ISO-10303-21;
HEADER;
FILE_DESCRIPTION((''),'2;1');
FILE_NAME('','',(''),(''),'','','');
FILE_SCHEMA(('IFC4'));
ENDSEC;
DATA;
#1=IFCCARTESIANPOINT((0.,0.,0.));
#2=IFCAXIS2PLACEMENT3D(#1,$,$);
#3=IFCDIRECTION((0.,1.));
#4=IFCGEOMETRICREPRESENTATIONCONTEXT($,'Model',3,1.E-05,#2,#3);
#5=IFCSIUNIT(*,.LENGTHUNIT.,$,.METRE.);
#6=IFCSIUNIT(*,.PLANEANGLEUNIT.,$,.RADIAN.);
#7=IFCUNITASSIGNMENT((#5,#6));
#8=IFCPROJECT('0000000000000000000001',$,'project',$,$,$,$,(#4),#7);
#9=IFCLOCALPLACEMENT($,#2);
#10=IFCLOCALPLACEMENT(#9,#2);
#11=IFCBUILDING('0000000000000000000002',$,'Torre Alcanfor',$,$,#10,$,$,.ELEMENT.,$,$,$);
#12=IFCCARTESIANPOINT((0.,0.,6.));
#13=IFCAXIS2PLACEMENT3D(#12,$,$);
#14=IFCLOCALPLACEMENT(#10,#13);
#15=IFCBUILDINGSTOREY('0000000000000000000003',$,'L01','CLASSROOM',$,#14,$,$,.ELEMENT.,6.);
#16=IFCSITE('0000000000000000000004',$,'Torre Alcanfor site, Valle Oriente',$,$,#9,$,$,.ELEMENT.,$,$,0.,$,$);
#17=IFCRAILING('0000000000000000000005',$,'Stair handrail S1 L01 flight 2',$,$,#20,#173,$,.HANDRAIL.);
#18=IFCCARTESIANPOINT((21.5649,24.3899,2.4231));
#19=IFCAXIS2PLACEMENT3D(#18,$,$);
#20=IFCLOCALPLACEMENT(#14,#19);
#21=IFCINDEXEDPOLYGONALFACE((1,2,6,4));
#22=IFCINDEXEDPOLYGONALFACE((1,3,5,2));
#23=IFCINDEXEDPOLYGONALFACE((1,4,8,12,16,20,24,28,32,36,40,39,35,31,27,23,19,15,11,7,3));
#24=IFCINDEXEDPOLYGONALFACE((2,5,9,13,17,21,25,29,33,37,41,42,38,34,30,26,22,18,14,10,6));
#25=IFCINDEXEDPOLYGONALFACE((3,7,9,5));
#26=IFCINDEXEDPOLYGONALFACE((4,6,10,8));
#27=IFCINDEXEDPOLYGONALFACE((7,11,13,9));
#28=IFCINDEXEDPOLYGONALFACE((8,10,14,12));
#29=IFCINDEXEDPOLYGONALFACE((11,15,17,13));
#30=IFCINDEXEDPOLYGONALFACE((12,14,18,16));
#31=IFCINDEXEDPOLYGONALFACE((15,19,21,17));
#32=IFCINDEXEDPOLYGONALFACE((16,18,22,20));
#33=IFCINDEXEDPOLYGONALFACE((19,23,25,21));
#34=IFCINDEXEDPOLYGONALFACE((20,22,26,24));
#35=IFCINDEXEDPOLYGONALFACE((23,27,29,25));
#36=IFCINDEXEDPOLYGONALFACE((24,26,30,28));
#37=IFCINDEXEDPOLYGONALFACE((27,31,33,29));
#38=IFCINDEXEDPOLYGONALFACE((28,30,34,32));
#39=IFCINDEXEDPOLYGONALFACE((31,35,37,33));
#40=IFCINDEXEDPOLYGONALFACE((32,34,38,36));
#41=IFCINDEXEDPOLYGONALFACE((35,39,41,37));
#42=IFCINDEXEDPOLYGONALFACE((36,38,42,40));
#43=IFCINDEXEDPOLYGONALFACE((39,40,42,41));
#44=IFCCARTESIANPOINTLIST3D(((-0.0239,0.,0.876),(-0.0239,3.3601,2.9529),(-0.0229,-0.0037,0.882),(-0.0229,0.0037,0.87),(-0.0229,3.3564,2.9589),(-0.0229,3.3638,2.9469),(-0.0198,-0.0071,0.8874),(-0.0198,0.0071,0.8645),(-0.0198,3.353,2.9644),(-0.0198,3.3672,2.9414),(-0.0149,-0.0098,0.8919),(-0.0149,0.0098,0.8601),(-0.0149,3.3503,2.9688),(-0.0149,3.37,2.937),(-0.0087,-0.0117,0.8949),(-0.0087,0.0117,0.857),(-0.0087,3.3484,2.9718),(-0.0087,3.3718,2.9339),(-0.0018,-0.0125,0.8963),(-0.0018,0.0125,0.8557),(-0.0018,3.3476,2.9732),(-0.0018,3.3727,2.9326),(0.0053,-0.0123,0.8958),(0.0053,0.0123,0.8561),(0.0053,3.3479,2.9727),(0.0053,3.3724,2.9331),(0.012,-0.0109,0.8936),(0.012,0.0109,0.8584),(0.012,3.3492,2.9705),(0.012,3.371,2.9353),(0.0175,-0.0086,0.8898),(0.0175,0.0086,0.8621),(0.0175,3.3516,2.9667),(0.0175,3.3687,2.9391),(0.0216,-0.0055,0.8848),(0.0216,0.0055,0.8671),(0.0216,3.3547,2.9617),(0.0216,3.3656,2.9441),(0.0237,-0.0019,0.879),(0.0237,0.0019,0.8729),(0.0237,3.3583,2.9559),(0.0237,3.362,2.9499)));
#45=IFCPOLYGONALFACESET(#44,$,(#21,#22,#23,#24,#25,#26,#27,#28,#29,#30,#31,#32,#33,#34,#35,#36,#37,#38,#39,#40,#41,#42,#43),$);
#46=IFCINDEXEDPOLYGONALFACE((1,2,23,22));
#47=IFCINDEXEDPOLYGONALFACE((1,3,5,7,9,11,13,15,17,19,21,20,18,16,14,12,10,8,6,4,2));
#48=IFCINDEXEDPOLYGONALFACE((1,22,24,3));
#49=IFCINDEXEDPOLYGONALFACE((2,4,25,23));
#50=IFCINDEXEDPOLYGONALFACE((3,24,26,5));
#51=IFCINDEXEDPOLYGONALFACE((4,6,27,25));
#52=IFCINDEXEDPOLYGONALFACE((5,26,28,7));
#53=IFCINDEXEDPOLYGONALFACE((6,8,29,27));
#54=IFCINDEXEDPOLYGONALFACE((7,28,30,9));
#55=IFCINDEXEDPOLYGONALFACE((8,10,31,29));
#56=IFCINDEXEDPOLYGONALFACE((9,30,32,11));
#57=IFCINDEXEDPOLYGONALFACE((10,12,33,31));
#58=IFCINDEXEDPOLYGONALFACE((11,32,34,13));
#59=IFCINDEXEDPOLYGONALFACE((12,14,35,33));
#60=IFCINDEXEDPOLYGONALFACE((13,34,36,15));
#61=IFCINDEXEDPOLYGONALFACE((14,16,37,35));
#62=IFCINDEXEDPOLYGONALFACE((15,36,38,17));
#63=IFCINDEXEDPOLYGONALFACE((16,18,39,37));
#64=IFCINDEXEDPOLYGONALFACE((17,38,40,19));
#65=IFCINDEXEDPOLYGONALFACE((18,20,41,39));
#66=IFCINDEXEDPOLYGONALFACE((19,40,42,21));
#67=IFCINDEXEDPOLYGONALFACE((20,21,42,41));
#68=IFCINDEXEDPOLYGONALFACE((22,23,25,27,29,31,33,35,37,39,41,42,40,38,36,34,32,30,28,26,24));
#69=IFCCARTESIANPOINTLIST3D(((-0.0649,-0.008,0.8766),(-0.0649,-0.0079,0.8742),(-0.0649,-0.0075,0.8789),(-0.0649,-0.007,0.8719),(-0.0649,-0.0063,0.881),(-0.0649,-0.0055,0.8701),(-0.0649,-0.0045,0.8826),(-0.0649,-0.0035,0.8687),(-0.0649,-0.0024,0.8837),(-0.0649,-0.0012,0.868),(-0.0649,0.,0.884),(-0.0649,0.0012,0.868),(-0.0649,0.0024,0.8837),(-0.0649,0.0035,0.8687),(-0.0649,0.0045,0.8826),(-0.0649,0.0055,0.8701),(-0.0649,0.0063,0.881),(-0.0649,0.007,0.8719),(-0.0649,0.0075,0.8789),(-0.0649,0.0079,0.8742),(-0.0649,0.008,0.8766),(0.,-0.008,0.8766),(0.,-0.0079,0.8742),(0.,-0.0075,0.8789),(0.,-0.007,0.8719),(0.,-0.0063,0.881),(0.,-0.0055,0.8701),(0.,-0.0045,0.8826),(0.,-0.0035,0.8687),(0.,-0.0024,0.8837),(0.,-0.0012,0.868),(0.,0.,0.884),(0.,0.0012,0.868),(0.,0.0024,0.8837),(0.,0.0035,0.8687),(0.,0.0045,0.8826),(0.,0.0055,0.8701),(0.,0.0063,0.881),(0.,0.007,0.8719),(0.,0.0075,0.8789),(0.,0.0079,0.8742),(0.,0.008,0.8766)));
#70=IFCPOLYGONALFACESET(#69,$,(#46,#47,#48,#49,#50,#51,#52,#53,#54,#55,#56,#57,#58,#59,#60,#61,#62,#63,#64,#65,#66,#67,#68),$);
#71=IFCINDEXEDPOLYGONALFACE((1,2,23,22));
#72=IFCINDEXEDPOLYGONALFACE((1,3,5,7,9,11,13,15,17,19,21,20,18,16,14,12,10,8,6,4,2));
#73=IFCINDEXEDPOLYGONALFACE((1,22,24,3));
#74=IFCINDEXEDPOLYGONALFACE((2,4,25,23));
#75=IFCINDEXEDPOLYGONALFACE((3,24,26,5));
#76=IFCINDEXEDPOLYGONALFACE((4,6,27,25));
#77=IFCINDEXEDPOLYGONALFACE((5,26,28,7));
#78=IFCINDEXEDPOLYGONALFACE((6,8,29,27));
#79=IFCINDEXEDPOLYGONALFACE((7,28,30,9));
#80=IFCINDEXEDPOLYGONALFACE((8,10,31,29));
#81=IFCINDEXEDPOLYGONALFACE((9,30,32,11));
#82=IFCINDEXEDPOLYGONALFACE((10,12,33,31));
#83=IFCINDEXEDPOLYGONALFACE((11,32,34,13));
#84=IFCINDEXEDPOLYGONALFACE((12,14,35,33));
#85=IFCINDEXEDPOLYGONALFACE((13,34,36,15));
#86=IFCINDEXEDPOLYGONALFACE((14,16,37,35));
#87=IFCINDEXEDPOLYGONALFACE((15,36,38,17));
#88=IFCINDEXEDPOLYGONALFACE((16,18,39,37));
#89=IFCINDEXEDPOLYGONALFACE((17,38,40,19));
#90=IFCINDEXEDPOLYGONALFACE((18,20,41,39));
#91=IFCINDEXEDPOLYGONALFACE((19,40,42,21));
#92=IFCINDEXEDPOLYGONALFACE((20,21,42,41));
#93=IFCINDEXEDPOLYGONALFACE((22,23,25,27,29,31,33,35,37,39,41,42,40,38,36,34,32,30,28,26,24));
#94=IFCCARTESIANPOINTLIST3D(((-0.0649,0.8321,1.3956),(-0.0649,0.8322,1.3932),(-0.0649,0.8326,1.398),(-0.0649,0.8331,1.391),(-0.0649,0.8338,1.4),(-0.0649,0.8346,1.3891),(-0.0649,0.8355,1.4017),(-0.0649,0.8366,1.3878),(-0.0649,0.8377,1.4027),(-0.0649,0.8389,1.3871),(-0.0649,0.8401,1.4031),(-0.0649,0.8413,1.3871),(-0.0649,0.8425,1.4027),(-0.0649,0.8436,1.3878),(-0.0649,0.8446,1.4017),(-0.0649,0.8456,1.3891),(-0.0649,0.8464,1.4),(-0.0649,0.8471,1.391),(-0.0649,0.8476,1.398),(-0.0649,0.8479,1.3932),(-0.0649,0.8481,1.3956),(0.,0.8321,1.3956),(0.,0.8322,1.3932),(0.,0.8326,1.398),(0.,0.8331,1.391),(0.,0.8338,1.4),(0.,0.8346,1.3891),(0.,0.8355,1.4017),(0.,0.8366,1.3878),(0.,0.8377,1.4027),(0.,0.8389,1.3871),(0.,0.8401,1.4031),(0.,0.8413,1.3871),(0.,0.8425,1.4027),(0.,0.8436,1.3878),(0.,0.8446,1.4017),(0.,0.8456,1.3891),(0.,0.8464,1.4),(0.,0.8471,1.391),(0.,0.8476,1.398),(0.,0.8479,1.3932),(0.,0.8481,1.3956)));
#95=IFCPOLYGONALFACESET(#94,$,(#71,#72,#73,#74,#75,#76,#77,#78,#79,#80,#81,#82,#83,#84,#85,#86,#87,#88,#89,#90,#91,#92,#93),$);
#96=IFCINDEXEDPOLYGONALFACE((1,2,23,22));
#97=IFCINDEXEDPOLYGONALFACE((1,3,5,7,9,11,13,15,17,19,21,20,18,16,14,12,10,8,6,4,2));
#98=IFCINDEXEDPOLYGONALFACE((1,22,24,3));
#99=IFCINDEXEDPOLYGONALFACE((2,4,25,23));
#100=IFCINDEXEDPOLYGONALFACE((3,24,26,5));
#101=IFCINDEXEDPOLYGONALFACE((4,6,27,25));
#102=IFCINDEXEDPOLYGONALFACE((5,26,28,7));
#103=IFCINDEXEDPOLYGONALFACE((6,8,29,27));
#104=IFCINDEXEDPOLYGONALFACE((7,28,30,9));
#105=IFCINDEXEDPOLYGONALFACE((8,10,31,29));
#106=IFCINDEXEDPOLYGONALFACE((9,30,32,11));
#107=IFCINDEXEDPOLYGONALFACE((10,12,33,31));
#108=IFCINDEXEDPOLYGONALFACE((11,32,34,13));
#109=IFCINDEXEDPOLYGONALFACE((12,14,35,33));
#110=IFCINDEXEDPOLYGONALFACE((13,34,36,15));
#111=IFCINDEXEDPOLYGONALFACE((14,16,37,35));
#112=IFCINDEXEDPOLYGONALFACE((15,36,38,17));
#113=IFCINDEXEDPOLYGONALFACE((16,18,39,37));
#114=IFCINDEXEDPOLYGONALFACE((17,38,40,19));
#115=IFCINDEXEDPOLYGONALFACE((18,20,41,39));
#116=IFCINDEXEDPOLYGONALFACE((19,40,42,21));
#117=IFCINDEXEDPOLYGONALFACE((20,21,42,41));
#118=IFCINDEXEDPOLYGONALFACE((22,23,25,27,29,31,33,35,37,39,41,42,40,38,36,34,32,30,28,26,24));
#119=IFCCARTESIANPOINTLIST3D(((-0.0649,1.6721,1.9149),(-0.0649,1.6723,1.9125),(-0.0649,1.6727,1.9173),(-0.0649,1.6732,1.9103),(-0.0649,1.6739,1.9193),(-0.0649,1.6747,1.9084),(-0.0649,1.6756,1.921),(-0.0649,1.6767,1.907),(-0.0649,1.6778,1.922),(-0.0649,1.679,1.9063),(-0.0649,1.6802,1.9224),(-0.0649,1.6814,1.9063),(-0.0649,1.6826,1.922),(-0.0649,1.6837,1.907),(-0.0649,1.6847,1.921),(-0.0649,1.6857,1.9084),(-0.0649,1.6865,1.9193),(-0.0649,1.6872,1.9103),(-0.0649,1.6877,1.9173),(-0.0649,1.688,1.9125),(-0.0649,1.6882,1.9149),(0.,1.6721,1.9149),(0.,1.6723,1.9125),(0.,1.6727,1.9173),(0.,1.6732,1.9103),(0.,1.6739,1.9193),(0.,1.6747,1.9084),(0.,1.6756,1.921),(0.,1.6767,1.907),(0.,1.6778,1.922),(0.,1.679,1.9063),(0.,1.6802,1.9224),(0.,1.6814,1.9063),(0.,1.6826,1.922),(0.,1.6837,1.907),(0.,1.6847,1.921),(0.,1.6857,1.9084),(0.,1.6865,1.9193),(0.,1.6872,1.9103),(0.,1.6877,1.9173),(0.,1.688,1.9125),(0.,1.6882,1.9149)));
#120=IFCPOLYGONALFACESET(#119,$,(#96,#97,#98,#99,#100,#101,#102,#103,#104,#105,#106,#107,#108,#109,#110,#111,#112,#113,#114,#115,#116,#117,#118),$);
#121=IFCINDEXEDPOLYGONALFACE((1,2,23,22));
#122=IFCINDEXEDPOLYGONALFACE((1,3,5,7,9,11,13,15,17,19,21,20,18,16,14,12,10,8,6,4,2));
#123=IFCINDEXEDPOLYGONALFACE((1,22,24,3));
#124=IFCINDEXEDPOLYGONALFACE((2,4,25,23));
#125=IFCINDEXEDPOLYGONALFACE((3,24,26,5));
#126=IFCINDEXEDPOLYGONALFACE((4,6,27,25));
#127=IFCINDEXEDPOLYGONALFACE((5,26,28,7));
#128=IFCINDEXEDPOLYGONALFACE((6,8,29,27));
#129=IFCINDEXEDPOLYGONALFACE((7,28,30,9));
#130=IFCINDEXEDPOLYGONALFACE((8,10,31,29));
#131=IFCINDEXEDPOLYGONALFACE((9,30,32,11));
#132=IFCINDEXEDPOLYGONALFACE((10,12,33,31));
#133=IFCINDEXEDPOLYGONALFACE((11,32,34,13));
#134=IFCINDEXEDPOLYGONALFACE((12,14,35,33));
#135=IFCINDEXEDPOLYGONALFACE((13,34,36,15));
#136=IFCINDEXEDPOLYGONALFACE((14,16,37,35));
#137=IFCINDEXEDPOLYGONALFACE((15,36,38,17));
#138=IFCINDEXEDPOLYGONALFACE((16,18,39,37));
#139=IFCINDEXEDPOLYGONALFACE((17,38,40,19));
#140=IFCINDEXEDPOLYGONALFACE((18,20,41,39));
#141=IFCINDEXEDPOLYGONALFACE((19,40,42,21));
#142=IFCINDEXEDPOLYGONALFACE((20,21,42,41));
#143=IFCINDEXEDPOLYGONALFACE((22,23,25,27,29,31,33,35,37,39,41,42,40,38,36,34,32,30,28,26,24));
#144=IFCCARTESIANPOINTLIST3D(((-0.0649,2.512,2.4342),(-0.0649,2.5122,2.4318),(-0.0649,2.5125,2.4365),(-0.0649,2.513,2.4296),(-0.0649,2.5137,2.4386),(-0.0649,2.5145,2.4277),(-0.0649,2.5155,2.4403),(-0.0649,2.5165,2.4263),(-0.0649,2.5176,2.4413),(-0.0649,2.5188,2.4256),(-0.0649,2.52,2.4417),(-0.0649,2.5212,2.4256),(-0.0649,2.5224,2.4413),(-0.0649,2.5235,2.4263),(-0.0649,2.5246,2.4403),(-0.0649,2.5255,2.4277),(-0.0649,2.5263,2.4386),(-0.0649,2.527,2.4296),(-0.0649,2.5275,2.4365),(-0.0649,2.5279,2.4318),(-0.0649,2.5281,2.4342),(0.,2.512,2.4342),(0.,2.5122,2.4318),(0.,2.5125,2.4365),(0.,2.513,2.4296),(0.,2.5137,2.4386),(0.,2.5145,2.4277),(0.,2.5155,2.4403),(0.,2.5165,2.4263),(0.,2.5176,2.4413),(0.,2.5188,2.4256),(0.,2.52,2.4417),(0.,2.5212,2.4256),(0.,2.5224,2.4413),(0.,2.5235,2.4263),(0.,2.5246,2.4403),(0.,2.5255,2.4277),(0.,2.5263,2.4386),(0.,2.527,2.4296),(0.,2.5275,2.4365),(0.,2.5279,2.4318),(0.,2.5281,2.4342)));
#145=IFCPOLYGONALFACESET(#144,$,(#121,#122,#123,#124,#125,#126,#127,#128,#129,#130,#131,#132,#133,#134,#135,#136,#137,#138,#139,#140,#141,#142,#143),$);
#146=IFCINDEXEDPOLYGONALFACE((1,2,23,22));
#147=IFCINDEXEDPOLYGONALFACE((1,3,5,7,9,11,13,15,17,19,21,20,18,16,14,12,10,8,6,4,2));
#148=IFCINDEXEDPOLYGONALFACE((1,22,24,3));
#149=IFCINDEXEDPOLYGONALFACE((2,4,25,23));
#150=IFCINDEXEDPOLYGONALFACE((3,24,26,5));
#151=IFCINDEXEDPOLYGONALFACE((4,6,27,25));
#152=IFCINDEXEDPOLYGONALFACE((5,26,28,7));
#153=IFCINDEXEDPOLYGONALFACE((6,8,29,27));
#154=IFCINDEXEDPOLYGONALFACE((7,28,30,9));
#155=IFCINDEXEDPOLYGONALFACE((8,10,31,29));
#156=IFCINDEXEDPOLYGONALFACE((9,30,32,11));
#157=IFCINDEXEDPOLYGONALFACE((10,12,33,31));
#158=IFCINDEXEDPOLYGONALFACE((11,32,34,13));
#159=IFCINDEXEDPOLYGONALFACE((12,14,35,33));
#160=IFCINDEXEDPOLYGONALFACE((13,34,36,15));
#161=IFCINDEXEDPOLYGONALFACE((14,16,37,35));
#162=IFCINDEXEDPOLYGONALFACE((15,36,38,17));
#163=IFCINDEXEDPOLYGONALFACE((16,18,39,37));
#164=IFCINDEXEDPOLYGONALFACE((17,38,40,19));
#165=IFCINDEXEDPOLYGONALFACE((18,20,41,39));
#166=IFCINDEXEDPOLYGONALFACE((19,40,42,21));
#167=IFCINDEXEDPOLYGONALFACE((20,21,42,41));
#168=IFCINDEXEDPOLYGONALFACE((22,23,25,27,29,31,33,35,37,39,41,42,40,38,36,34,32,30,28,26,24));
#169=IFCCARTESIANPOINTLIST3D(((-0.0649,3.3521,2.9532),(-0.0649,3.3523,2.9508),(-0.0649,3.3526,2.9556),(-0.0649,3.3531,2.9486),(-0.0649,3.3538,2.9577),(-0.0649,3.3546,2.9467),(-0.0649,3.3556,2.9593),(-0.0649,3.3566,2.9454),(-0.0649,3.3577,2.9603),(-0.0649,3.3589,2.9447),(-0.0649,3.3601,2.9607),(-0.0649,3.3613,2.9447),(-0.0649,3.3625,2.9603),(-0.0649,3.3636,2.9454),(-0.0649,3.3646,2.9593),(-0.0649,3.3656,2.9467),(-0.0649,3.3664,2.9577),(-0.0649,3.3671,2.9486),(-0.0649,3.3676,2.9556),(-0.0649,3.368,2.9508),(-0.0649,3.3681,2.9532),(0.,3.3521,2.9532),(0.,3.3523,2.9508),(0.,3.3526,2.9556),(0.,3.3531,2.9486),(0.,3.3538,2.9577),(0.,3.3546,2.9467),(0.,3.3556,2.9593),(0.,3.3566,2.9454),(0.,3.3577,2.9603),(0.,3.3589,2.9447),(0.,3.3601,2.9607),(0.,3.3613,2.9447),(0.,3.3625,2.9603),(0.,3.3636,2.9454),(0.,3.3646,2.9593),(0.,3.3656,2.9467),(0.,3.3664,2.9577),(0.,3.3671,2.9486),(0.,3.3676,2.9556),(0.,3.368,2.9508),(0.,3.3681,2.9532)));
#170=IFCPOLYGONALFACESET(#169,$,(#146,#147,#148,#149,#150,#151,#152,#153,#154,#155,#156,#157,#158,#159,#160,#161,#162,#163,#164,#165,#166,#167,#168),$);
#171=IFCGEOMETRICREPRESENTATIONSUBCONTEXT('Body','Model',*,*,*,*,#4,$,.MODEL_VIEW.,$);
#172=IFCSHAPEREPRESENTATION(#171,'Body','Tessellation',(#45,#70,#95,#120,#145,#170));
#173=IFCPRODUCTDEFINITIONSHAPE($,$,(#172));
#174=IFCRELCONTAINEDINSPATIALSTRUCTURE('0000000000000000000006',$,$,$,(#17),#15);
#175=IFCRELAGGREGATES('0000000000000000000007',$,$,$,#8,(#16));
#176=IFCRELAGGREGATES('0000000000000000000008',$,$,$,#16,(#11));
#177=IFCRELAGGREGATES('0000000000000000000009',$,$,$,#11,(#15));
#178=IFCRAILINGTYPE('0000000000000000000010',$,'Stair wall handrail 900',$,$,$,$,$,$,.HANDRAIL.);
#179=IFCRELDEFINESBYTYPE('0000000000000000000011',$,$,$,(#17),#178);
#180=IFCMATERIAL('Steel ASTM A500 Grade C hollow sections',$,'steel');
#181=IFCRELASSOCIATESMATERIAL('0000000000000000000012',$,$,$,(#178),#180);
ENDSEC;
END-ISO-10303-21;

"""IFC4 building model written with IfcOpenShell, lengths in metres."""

from ifc_helpers import new_model, si_unit, direction, frame, origin, origin_2d, place, context, subcontext, project, spatial, circle, extrude, material, type_object, element, save


model = new_model("IFC4")

# Units and contexts
model_context = context("Model", 3, precision=1e-05, world=origin(), true_north=direction((0.0, 1.0)))
body_context = subcontext(model_context, "Body", "Model", "MODEL_VIEW")
ifc_project = project(units=[si_unit("LENGTHUNIT", "METRE"), si_unit("PLANEANGLEUNIT", "RADIAN")], contexts=[model_context])

# Site, building, storey
site_placement = place(None, origin())
site = spatial("IfcSite", under=ifc_project, at=site_placement, Name="Torre Alcanfor site, Valle Oriente", CompositionType="ELEMENT", RefElevation=0.0)
building_placement = place(site_placement, origin())
building = spatial("IfcBuilding", under=site, at=building_placement, Name="Torre Alcanfor", CompositionType="ELEMENT")
storey_placement = place(building_placement, frame((0.0, 0.0, 6.0)))
storey = spatial("IfcBuildingStorey", under=building, at=storey_placement, Name="L01", Description="CLASSROOM", CompositionType="ELEMENT", Elevation=6.0)

# Railing
ifc_material_1 = material(Name="Steel ASTM A500 Grade C hollow sections", Category="steel")
railing_type_1 = type_object("IfcRailingType", Name="Stair wall handrail 900", PredefinedType="HANDRAIL", material=ifc_material_1)
railing_1_placement = place(storey_placement, frame((21.5649, 24.3899, 2.4231)))
element("IfcRailing", 1, at=railing_1_placement, inside=storey, type_object=railing_type_1, Name="Stair handrail S1 L01 flight 2", PredefinedType="HANDRAIL", context=body_context, shape_type="SweptSolid", body=[
    extrude(circle(Radius=0.0239, at=origin_2d()), frame((0.0, 0.0, 0.876), z_axis=(0.0, 0.850623, 0.525776), x_axis=(-1.0, 0.0, 0.0)), (0.0, 0.0, 1.0), 3.9502),
    extrude(circle(Radius=0.0081, at=origin_2d()), frame((0.0, 0.0, 0.876), z_axis=(-1.0, 0.0, 0.0), x_axis=(0.0, 0.0, 1.0)), (0.0, 0.0, 1.0), 0.0649),
    extrude(circle(Radius=0.0081, at=origin_2d()), frame((0.0, 0.8401, 1.395), z_axis=(-1.0, 0.0, 0.0), x_axis=(0.0, 0.0, 1.0)), (0.0, 0.0, 1.0), 0.0649),
    extrude(circle(Radius=0.0081, at=origin_2d()), frame((0.0, 1.6802, 1.9143), z_axis=(-1.0, 0.0, 0.0), x_axis=(0.0, 0.0, 1.0)), (0.0, 0.0, 1.0), 0.0649),
    extrude(circle(Radius=0.0081, at=origin_2d()), frame((0.0, 2.52, 2.4336), z_axis=(-1.0, 0.0, 0.0), x_axis=(0.0, 0.0, 1.0)), (0.0, 0.0, 1.0), 0.0649),
    extrude(circle(Radius=0.0081, at=origin_2d()), frame((0.0, 3.3601, 2.9526), z_axis=(-1.0, 0.0, 0.0), x_axis=(0.0, 0.0, 1.0)), (0.0, 0.0, 1.0), 0.0649),
])

save(model, "model.ifc")
